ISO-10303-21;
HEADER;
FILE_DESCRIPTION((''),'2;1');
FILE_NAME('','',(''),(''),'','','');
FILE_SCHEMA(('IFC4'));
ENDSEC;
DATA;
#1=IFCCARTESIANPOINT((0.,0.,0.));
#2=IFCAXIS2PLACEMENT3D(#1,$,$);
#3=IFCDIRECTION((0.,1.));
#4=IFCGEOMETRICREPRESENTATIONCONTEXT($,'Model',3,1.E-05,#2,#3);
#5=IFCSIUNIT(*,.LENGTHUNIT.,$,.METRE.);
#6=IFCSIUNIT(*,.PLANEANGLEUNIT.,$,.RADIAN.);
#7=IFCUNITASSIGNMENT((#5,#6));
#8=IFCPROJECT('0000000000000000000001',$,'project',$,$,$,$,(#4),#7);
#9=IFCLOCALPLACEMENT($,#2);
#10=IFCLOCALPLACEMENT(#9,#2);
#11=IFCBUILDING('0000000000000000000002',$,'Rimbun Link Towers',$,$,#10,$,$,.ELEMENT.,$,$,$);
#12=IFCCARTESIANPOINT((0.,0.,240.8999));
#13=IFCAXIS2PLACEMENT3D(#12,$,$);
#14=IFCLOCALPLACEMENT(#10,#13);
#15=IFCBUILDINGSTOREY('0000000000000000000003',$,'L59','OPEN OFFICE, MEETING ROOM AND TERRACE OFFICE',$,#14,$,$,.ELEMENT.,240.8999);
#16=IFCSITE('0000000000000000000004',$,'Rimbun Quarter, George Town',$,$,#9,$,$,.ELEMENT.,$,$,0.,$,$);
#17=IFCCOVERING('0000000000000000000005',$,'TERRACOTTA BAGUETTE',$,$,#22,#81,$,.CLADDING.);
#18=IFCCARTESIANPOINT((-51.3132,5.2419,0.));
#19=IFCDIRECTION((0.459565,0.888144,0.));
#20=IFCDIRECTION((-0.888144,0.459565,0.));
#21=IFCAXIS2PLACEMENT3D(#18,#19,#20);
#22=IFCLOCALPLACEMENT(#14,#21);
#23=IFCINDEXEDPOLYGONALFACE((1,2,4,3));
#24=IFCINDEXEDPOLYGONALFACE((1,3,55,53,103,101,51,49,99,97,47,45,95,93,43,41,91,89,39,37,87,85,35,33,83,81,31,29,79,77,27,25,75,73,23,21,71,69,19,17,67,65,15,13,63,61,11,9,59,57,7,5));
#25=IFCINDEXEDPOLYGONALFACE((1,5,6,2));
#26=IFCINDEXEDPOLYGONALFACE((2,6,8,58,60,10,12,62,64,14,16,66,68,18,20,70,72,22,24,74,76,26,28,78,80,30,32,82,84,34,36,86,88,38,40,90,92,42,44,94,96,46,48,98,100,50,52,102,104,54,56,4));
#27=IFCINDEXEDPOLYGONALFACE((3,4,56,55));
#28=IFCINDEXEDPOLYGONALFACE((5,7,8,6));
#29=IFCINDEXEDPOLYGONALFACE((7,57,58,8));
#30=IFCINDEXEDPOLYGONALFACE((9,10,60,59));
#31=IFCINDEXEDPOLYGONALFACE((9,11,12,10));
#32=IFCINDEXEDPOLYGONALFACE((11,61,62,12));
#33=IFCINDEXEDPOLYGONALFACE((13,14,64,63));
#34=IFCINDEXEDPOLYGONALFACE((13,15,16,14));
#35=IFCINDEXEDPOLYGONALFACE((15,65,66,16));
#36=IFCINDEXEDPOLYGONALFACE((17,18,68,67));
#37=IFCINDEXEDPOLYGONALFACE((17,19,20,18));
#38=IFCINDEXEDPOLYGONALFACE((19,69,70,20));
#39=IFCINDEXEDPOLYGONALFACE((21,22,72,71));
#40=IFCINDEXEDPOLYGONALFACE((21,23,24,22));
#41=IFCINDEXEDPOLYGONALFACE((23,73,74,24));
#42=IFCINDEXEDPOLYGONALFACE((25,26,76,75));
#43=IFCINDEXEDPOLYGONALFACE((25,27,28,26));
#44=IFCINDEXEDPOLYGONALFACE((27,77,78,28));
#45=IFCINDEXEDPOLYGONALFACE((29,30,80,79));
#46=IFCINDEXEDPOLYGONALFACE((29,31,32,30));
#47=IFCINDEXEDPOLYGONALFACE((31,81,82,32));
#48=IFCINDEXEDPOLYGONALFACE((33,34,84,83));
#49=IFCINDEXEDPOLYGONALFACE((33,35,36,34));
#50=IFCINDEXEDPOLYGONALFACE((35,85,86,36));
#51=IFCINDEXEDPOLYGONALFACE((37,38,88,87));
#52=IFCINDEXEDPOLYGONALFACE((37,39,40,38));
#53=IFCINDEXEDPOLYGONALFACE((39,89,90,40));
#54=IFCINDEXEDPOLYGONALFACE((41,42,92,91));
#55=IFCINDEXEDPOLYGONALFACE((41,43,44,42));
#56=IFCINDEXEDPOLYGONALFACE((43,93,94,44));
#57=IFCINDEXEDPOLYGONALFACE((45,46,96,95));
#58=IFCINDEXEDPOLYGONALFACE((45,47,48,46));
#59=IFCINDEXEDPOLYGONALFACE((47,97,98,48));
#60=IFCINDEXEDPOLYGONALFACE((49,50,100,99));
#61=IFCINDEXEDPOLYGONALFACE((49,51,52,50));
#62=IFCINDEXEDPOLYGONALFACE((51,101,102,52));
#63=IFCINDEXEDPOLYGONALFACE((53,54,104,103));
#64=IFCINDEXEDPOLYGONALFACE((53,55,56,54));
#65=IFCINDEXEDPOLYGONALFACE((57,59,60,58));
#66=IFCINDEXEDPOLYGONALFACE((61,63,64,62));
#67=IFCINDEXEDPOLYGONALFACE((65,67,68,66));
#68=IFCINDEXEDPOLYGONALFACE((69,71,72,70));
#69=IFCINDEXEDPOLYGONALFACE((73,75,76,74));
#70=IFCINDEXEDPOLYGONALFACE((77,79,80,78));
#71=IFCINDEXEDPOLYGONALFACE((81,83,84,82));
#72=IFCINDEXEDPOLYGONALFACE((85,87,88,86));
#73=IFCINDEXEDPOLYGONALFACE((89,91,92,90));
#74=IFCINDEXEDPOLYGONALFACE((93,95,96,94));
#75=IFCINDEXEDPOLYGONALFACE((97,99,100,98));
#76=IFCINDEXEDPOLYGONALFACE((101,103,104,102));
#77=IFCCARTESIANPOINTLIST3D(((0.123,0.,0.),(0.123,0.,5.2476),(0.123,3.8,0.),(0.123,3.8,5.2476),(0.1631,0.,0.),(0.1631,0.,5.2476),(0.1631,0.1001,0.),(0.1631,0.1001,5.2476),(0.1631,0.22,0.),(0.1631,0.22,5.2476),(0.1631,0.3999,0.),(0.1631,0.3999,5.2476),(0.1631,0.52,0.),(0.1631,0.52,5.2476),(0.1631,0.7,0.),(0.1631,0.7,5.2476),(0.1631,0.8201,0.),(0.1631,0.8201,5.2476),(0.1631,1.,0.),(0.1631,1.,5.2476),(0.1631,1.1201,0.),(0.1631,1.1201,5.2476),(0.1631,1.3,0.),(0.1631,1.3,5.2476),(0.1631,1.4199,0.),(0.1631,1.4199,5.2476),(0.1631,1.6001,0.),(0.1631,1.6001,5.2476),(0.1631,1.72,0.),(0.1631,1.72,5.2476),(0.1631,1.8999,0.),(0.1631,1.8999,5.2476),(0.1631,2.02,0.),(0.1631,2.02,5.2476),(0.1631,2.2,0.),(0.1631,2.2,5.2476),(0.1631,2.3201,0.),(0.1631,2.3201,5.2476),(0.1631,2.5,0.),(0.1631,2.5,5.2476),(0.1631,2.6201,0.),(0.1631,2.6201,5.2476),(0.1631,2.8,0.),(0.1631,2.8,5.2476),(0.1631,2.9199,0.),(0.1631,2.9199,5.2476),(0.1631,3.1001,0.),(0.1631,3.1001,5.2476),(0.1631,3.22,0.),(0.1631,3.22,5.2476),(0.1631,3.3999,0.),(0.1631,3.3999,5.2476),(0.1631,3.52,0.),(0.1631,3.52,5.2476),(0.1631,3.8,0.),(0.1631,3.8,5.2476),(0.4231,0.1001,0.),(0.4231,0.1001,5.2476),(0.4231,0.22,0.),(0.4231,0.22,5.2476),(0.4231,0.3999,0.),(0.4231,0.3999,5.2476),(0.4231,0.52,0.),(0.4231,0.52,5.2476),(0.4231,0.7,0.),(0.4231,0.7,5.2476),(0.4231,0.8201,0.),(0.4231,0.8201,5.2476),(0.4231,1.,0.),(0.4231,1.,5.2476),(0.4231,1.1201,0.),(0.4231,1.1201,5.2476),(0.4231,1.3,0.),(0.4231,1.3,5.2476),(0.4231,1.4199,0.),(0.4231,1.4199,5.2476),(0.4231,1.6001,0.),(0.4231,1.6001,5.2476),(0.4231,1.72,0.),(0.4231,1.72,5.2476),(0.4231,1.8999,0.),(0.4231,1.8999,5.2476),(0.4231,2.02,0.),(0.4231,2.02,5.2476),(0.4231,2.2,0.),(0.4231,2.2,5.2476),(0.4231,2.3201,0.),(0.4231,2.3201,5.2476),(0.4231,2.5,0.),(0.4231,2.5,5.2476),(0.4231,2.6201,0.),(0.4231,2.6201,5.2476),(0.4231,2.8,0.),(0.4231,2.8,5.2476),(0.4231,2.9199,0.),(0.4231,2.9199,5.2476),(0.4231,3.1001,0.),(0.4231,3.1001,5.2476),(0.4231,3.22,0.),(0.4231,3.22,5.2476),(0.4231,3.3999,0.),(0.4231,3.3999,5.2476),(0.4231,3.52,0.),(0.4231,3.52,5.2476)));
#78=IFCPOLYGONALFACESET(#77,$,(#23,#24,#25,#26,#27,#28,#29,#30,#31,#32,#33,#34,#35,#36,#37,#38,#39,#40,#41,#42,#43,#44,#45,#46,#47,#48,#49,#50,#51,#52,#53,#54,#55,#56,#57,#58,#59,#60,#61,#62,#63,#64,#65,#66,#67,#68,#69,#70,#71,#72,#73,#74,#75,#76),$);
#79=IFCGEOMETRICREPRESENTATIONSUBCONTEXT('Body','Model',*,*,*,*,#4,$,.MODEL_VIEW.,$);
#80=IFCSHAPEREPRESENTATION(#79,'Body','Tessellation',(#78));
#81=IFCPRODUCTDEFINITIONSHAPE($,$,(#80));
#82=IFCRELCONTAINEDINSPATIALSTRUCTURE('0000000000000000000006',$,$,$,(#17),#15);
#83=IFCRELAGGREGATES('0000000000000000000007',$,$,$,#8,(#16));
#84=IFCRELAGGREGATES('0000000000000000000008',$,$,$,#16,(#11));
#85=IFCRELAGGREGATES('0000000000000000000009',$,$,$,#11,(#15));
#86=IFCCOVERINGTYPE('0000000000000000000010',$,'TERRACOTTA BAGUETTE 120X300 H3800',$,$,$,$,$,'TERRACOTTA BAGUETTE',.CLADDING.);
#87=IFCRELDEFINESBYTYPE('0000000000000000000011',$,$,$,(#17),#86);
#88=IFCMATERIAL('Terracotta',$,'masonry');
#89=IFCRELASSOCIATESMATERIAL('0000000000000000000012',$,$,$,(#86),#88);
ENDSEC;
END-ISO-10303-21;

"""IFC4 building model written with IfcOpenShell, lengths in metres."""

from ifc_helpers import new_model, si_unit, direction, frame, origin, place, context, subcontext, project, spatial, polyline, outline, extrude, material, material_profile, profile_set, type_object, element, save


model = new_model("IFC4")

# Units and contexts
model_context = context("Model", 3, precision=1e-05, world=origin(), true_north=direction((0.0, 1.0)))
body_context = subcontext(model_context, "Body", "Model", "MODEL_VIEW")
ifc_project = project(units=[si_unit("LENGTHUNIT", "METRE"), si_unit("PLANEANGLEUNIT", "RADIAN")], contexts=[model_context])

# Site, building, storey
site_placement = place(None, origin())
site = spatial("IfcSite", under=ifc_project, at=site_placement, Name="Rimbun Quarter, George Town", CompositionType="ELEMENT", RefElevation=0.0)
building_placement = place(site_placement, origin())
building = spatial("IfcBuilding", under=site, at=building_placement, Name="Rimbun Link Towers", CompositionType="ELEMENT")
storey_placement = place(building_placement, frame((0.0, 0.0, 240.8999)))
storey = spatial("IfcBuildingStorey", under=building, at=storey_placement, Name="L59", Description="OPEN OFFICE, MEETING ROOM AND TERRACE OFFICE", CompositionType="ELEMENT", Elevation=240.8999)

# Covering
ifc_material_1 = material(Name="Terracotta", Category="masonry")
ifc_material_profile_1 = material_profile(ifc_material_1, outline(polyline([(0.123, 0.0), (0.1631, 0.0), (0.1631, 0.1001), (0.4231, 0.1001), (0.4231, 0.22), (0.1631, 0.22), (0.1631, 0.3999), (0.4231, 0.3999), (0.4231, 0.52), (0.1631, 0.52), (0.1631, 0.7), (0.4231, 0.7), (0.4231, 0.8201), (0.1631, 0.8201), (0.1631, 1.0), (0.4231, 1.0), (0.4231, 1.1201), (0.1631, 1.1201), (0.1631, 1.3), (0.4231, 1.3), (0.4231, 1.4199), (0.1631, 1.4199), (0.1631, 1.6001), (0.4231, 1.6001), (0.4231, 1.72), (0.1631, 1.72), (0.1631, 1.8999), (0.4231, 1.8999), (0.4231, 2.02), (0.1631, 2.02), (0.1631, 2.2), (0.4231, 2.2), (0.4231, 2.3201), (0.1631, 2.3201), (0.1631, 2.5), (0.4231, 2.5), (0.4231, 2.6201), (0.1631, 2.6201), (0.1631, 2.8), (0.4231, 2.8), (0.4231, 2.9199), (0.1631, 2.9199), (0.1631, 3.1001), (0.4231, 3.1001), (0.4231, 3.22), (0.1631, 3.22), (0.1631, 3.3999), (0.4231, 3.3999), (0.4231, 3.52), (0.1631, 3.52), (0.1631, 3.8), (0.123, 3.8), (0.123, 0.0)])), Name="BAGUETTE 120X300")
ifc_profile_set_1 = profile_set([ifc_material_profile_1], Name="Terracotta")
covering_type = type_object("IfcCoveringType", Name="TERRACOTTA BAGUETTE 120X300 H3800", ElementType="TERRACOTTA BAGUETTE", PredefinedType="CLADDING", material=ifc_profile_set_1)
covering_1_placement = place(storey_placement, frame((-51.3132, 5.2419, 0.0), z_axis=(0.459565, 0.888144, 0.0), x_axis=(-0.888144, 0.459565, 0.0)))
element("IfcCovering", 1, at=covering_1_placement, inside=storey, type_object=covering_type, Name="TERRACOTTA BAGUETTE", PredefinedType="CLADDING", context=body_context, shape_type="SweptSolid", body=[
    extrude(outline(polyline([(0.123, 0.0), (0.1631, 0.0), (0.1631, 0.1001), (0.4231, 0.1001), (0.4231, 0.22), (0.1631, 0.22), (0.1631, 0.3999), (0.4231, 0.3999), (0.4231, 0.52), (0.1631, 0.52), (0.1631, 0.7), (0.4231, 0.7), (0.4231, 0.8201), (0.1631, 0.8201), (0.1631, 1.0), (0.4231, 1.0), (0.4231, 1.1201), (0.1631, 1.1201), (0.1631, 1.3), (0.4231, 1.3), (0.4231, 1.4199), (0.1631, 1.4199), (0.1631, 1.6001), (0.4231, 1.6001), (0.4231, 1.72), (0.1631, 1.72), (0.1631, 1.8999), (0.4231, 1.8999), (0.4231, 2.02), (0.1631, 2.02), (0.1631, 2.2), (0.4231, 2.2), (0.4231, 2.3201), (0.1631, 2.3201), (0.1631, 2.5), (0.4231, 2.5), (0.4231, 2.6201), (0.1631, 2.6201), (0.1631, 2.8), (0.4231, 2.8), (0.4231, 2.9199), (0.1631, 2.9199), (0.1631, 3.1001), (0.4231, 3.1001), (0.4231, 3.22), (0.1631, 3.22), (0.1631, 3.3999), (0.4231, 3.3999), (0.4231, 3.52), (0.1631, 3.52), (0.1631, 3.8), (0.123, 3.8), (0.123, 0.0)])), origin(), (0.0, 0.0, 1.0), 5.2476),
])

save(model, "model.ifc")
